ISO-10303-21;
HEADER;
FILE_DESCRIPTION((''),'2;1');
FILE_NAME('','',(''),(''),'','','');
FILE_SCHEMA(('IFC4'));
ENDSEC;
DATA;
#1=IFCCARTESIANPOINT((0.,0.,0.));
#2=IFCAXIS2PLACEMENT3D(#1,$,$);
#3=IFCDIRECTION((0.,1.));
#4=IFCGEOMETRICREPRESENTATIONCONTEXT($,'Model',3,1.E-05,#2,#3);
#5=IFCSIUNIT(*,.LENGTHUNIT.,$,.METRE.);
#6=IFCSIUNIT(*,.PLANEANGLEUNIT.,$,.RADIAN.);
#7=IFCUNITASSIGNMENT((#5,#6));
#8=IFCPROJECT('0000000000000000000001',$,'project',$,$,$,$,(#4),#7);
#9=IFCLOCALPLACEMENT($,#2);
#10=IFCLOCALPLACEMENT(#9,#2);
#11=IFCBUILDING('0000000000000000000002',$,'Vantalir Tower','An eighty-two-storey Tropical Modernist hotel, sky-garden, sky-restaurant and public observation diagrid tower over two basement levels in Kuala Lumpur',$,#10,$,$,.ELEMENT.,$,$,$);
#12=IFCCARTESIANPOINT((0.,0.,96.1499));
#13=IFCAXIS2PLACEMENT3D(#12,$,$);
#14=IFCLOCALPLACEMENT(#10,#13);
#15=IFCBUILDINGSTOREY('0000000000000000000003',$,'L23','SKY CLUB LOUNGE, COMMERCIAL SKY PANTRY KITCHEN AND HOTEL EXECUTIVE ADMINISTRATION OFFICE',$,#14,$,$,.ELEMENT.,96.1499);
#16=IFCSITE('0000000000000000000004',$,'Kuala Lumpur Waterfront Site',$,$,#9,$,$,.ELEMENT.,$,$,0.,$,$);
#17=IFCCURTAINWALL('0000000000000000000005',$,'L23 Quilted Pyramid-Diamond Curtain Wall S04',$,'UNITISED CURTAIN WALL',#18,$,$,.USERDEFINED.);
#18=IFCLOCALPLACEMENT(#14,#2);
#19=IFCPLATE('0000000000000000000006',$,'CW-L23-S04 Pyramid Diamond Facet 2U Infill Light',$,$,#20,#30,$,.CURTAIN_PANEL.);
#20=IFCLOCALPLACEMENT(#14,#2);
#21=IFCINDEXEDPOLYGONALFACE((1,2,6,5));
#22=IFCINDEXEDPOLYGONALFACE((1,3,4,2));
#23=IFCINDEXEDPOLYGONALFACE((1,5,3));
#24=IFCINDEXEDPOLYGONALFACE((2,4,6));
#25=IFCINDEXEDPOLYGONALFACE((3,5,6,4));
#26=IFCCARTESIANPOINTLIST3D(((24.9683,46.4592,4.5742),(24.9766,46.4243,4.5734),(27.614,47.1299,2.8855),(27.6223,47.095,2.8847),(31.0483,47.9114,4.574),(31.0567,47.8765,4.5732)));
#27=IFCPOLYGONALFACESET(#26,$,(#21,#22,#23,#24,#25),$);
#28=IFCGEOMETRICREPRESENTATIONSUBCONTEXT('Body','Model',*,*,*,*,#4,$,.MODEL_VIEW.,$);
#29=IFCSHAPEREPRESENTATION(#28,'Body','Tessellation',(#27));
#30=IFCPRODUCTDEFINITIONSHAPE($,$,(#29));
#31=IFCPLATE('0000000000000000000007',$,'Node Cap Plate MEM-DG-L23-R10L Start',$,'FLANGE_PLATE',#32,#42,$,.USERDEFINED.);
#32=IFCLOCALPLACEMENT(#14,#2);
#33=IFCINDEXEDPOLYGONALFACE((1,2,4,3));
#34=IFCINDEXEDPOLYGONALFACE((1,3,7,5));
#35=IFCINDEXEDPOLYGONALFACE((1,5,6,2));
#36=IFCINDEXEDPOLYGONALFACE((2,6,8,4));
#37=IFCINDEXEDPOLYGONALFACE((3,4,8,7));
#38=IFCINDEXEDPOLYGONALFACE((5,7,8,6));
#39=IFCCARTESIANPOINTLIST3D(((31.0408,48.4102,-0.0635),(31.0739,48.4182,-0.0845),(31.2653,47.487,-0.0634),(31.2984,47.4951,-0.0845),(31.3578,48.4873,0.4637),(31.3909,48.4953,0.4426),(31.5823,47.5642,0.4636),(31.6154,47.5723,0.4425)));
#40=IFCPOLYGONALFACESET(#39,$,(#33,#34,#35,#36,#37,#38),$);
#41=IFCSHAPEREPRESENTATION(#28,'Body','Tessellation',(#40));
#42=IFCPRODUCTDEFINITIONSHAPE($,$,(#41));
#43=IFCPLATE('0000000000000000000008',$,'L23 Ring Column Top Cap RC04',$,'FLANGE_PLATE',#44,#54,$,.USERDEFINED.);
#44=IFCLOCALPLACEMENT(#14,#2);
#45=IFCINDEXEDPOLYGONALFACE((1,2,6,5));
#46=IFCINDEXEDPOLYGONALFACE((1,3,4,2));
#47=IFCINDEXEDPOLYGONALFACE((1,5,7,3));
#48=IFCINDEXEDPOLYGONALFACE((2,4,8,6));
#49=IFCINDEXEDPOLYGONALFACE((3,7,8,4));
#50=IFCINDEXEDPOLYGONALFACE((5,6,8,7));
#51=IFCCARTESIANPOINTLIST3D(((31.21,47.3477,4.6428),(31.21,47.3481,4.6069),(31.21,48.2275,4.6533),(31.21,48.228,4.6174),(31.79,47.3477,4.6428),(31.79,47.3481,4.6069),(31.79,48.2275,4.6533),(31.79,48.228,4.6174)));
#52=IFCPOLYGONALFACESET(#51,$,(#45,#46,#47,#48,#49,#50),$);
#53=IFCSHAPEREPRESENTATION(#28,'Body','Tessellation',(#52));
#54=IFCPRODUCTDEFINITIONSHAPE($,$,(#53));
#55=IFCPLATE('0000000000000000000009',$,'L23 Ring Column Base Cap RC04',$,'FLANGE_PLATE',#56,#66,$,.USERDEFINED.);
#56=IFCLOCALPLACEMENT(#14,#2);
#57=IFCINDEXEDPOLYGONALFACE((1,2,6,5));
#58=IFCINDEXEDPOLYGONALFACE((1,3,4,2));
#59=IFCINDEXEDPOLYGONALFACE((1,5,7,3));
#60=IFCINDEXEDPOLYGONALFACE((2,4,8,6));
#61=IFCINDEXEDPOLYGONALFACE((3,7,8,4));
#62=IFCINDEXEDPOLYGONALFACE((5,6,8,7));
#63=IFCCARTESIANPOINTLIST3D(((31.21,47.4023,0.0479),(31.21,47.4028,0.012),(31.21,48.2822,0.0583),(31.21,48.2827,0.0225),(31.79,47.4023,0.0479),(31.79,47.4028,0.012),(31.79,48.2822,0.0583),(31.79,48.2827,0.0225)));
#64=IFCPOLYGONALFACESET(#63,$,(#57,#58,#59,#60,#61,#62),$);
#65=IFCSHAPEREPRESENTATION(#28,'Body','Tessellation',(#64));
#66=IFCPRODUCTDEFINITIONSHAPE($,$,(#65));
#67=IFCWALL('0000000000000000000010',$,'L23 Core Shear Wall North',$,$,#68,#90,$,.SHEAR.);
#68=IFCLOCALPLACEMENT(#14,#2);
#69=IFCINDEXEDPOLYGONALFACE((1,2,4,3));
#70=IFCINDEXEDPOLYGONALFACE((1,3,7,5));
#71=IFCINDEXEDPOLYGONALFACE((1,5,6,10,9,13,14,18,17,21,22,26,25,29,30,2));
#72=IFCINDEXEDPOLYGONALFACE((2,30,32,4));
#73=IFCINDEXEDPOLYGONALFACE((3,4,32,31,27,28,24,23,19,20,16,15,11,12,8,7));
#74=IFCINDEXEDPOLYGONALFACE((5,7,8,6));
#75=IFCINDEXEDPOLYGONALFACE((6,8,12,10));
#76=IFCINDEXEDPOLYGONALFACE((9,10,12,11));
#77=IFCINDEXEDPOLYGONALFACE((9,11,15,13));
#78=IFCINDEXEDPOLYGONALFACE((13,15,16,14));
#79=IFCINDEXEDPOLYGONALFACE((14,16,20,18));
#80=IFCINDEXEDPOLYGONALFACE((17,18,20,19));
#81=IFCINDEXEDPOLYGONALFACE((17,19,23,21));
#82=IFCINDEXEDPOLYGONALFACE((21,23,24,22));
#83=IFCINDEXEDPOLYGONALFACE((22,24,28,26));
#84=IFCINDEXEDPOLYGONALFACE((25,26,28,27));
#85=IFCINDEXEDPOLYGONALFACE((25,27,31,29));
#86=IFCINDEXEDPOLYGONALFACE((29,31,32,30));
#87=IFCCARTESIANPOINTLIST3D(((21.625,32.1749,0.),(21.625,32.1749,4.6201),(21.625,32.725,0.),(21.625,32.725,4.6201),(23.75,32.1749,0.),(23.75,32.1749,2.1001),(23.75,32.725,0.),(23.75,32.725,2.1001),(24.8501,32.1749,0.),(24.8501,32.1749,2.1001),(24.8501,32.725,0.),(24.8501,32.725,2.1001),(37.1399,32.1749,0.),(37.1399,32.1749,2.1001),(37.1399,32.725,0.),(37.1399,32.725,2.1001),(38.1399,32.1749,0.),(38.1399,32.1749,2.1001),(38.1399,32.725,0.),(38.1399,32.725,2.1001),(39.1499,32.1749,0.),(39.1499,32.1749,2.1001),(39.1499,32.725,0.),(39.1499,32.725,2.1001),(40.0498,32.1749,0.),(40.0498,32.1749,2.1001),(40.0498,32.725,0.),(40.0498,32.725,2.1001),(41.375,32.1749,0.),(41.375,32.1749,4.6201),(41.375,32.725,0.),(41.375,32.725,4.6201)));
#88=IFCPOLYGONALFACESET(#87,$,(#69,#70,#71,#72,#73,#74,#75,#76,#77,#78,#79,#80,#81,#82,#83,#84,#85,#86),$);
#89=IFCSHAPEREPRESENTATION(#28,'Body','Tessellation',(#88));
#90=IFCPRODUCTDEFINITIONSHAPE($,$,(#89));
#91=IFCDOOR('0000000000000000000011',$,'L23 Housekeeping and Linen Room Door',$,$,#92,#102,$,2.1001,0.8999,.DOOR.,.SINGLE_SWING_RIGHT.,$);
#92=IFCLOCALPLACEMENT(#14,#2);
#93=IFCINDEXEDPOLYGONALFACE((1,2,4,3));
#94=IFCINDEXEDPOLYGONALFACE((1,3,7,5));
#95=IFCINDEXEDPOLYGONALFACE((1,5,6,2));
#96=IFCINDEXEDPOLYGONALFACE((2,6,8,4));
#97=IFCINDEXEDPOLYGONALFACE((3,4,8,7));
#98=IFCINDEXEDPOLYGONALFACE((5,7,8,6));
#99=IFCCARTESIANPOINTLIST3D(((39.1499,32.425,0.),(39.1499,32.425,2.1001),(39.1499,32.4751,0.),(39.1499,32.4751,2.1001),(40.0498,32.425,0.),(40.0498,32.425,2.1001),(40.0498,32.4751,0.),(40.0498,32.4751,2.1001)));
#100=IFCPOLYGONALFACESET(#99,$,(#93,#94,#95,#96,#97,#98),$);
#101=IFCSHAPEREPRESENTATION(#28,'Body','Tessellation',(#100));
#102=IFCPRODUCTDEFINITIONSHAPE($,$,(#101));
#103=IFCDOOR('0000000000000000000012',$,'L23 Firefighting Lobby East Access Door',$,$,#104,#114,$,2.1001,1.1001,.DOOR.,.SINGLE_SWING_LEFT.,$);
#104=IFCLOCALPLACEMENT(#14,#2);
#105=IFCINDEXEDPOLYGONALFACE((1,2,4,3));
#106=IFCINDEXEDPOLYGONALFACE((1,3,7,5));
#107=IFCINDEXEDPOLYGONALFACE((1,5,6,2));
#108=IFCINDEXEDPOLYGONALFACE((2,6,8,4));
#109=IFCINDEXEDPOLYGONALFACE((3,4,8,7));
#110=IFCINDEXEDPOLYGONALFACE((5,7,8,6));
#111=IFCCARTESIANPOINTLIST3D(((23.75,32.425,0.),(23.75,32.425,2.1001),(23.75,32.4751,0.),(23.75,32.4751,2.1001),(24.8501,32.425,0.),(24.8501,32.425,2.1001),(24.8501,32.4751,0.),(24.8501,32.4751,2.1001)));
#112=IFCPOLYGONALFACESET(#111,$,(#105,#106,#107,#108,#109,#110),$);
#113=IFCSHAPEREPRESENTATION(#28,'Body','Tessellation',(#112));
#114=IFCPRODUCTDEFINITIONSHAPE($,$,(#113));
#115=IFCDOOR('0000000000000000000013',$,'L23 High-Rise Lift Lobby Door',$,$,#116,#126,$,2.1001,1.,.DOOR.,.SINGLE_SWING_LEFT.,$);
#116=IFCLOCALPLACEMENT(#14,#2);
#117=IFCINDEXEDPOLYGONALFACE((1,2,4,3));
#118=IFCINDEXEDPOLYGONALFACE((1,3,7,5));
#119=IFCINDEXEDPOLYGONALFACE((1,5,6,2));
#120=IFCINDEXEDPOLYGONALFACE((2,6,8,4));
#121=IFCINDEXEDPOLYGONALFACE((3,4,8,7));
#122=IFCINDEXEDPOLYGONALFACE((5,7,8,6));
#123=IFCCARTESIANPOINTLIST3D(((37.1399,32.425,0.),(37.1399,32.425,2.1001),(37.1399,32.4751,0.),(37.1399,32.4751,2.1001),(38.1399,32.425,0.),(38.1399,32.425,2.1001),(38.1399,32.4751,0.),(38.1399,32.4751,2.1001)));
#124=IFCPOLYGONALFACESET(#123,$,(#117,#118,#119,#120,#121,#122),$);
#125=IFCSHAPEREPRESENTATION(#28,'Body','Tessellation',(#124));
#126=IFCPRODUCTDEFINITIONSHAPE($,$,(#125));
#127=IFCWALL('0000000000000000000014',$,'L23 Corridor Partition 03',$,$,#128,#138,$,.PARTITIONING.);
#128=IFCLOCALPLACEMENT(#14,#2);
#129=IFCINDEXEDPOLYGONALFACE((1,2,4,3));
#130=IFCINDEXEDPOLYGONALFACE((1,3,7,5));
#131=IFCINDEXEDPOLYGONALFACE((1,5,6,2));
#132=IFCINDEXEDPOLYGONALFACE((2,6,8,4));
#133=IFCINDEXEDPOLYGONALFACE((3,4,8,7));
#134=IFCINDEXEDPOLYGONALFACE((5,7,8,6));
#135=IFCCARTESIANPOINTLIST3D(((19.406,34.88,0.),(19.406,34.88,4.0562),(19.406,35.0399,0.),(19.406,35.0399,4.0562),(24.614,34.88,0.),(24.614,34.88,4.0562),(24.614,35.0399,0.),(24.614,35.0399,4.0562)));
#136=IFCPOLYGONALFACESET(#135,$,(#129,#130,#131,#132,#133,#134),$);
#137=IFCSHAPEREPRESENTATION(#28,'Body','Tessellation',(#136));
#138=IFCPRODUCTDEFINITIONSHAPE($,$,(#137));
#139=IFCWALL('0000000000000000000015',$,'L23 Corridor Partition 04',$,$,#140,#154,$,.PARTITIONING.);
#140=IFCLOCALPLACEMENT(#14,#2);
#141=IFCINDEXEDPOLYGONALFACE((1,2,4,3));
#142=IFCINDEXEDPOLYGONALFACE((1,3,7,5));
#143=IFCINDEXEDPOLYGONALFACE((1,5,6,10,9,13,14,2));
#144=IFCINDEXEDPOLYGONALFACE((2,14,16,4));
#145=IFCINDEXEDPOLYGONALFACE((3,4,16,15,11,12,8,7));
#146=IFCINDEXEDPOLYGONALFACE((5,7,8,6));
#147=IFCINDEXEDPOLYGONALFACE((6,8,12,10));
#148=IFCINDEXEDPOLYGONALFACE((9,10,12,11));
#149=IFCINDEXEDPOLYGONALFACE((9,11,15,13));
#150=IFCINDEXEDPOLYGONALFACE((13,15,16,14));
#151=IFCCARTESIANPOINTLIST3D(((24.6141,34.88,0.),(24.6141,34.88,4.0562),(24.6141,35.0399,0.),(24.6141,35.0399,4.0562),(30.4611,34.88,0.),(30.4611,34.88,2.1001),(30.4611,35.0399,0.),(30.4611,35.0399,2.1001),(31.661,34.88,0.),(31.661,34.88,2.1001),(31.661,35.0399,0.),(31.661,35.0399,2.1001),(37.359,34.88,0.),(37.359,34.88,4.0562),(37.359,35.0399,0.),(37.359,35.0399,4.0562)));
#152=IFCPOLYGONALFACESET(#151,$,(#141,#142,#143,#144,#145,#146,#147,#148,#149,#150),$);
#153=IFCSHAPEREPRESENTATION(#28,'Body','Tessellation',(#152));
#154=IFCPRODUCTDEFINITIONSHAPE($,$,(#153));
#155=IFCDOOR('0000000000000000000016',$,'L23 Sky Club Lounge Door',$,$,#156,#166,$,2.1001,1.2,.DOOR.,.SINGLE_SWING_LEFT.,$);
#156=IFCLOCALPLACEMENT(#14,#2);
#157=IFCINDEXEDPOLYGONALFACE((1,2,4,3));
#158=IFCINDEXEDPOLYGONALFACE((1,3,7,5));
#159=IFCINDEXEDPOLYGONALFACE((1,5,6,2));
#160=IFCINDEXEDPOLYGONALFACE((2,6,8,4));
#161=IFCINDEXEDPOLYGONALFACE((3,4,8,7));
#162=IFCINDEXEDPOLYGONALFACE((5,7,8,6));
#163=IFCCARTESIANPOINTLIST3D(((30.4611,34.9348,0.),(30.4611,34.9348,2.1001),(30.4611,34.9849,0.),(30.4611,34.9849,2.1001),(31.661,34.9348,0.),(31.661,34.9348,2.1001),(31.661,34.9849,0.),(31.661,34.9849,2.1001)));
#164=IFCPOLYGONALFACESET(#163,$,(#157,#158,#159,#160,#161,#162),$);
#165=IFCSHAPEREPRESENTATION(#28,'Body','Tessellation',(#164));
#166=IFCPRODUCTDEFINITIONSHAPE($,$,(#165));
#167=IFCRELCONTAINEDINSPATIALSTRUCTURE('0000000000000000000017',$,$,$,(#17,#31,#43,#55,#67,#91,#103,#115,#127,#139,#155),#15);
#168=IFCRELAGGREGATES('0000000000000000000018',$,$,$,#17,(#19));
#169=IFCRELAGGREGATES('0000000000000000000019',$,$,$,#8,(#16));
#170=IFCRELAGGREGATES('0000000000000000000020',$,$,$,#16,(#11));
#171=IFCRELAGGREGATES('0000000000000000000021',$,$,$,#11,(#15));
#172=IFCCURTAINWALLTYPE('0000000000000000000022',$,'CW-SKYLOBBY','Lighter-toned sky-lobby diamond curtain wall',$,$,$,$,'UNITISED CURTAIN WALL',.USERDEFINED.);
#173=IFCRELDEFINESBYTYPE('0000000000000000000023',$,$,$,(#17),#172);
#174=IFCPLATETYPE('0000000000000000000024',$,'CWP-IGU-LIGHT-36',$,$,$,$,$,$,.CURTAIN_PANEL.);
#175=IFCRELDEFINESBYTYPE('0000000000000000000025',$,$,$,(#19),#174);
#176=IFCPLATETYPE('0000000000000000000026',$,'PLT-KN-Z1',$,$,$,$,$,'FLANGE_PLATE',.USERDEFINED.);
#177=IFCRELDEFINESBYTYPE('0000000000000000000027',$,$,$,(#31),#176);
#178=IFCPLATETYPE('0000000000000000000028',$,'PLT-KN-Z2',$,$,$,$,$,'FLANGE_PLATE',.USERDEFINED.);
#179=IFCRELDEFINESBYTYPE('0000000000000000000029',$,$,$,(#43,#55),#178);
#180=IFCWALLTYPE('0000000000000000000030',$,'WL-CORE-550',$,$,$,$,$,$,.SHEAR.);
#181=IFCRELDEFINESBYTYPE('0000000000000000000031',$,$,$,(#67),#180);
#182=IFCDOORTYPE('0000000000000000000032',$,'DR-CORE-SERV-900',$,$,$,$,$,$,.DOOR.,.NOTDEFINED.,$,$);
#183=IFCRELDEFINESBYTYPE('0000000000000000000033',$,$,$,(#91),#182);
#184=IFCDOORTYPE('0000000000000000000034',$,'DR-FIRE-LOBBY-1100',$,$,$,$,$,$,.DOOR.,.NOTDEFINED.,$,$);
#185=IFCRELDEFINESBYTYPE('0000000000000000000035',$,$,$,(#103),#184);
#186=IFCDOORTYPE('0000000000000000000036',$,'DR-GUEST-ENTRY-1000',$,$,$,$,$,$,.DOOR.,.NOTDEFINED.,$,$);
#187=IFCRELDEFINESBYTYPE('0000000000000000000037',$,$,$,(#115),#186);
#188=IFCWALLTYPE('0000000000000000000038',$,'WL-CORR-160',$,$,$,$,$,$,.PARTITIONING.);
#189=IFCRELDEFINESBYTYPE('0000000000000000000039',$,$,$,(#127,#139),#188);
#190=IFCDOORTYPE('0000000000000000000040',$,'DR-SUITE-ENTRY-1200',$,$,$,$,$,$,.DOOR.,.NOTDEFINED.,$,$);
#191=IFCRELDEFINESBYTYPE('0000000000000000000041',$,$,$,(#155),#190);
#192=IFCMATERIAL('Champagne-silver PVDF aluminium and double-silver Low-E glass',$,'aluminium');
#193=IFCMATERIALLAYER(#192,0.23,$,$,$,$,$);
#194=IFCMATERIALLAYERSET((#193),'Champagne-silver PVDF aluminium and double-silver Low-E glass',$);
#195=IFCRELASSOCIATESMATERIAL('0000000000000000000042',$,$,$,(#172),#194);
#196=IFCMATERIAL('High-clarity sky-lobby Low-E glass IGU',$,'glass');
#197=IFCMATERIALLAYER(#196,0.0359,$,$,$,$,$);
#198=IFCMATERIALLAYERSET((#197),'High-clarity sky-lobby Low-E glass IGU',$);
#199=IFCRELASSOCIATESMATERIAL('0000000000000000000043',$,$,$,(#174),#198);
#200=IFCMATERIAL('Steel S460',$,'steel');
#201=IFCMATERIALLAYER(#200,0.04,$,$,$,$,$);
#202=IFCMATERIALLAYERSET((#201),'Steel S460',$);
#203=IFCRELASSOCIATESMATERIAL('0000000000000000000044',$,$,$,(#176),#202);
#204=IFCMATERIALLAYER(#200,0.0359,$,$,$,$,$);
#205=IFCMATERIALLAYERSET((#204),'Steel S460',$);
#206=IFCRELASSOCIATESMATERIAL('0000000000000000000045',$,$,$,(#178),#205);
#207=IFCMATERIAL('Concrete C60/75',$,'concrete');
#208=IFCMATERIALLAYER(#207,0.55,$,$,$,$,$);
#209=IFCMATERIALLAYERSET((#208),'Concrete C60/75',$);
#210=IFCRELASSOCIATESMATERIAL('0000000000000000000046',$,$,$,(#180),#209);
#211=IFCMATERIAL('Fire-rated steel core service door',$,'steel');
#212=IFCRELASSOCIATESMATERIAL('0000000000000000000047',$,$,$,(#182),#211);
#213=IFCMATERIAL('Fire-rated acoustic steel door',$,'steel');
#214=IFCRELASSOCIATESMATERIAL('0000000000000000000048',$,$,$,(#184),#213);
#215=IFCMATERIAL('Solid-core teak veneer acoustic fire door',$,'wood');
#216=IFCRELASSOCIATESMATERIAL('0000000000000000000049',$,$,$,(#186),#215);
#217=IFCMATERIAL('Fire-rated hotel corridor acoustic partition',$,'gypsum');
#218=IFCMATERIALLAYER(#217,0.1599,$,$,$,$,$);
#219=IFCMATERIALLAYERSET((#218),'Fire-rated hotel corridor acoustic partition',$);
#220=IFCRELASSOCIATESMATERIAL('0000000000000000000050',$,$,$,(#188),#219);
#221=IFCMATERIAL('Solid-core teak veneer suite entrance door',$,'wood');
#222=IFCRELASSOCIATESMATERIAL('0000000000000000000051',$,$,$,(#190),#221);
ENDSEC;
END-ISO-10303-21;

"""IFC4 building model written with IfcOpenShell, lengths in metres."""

from ifc_helpers import new_model, si_unit, direction, frame, frame_2d, origin, place, context, subcontext, project, spatial, polyline, rectangle, outline, extrude, material, layer, layer_set, type_object, element, fill, aggregate, save


model = new_model("IFC4")

# Units and contexts
model_context = context("Model", 3, precision=1e-05, world=origin(), true_north=direction((0.0, 1.0)))
body_context = subcontext(model_context, "Body", "Model", "MODEL_VIEW")
ifc_project = project(units=[si_unit("LENGTHUNIT", "METRE"), si_unit("PLANEANGLEUNIT", "RADIAN")], contexts=[model_context])

# Site, building, storey
site_placement = place(None, origin())
site = spatial("IfcSite", under=ifc_project, at=site_placement, Name="Kuala Lumpur Waterfront Site", CompositionType="ELEMENT", RefElevation=0.0)
building_placement = place(site_placement, origin())
building = spatial("IfcBuilding", under=site, at=building_placement, Name="Vantalir Tower", Description="An eighty-two-storey Tropical Modernist hotel, sky-garden, sky-restaurant and public observation diagrid tower over two basement levels in Kuala Lumpur", CompositionType="ELEMENT")
storey_placement = place(building_placement, frame((0.0, 0.0, 96.1499)))
storey = spatial("IfcBuildingStorey", under=building, at=storey_placement, Name="L23", Description="SKY CLUB LOUNGE, COMMERCIAL SKY PANTRY KITCHEN AND HOTEL EXECUTIVE ADMINISTRATION OFFICE", CompositionType="ELEMENT", Elevation=96.1499)

# Shared definitions
ifc_material_1 = material(Name="Concrete C60/75", Category="concrete")

# Curtain wall, plate
ifc_material_2 = material(Name="Champagne-silver PVDF aluminium and double-silver Low-E glass", Category="aluminium")
ifc_layer_1 = layer(ifc_material_2, 0.23)
ifc_layer_set_1 = layer_set([ifc_layer_1], Name="Champagne-silver PVDF aluminium and double-silver Low-E glass")
curtain_wall_type = type_object("IfcCurtainWallType", Name="CW-SKYLOBBY", Description="Lighter-toned sky-lobby diamond curtain wall", ElementType="UNITISED CURTAIN WALL", PredefinedType="USERDEFINED", material=ifc_layer_set_1)
curtain_wall_placement = place(storey_placement, origin())
curtain_wall = element("IfcCurtainWall", 1, at=curtain_wall_placement, inside=storey, type_object=curtain_wall_type, Name="L23 Quilted Pyramid-Diamond Curtain Wall S04", ObjectType="UNITISED CURTAIN WALL", PredefinedType="USERDEFINED")
ifc_material_3 = material(Name="High-clarity sky-lobby Low-E glass IGU", Category="glass")
ifc_layer_2 = layer(ifc_material_3, 0.0359)
ifc_layer_set_2 = layer_set([ifc_layer_2], Name="High-clarity sky-lobby Low-E glass IGU")
plate_type_1 = type_object("IfcPlateType", Name="CWP-IGU-LIGHT-36", PredefinedType="CURTAIN_PANEL", material=ifc_layer_set_2)
plate_1_placement = place(storey_placement, frame((31.0483, 47.9114, 4.574), z_axis=(-0.232245, 0.972401, 0.022315), x_axis=(-0.972643, -0.232303, 0.000039)))
plate_1 = element("IfcPlate", 2, at=plate_1_placement, type_object=plate_type_1, Name="CW-L23-S04 Pyramid Diamond Facet 2U Infill Light", PredefinedType="CURTAIN_PANEL", context=body_context, shape_type="SweptSolid", body=[
    extrude(outline(polyline([(0.0, 0.0), (6.2511, 0.0), (3.5219, -1.689), (0.0, 0.0)])), origin(), (0.0, 0.0, -1.0), 0.0359),
])
aggregate(curtain_wall, [plate_1])

# Plates
ifc_material_4 = material(Name="Steel S460", Category="steel")
ifc_layer_3 = layer(ifc_material_4, 0.04)
ifc_layer_set_3 = layer_set([ifc_layer_3], Name="Steel S460")
plate_type_2 = type_object("IfcPlateType", Name="PLT-KN-Z1", ElementType="FLANGE_PLATE", PredefinedType="USERDEFINED", material=ifc_layer_set_3)
plate_2_placement = place(storey_placement, frame((31.0408, 48.4102, -0.0635), z_axis=(-0.826207, -0.200925, 0.526319), x_axis=(0.236336, -0.971671, 0.000056)))
element("IfcPlate", 3, at=plate_2_placement, inside=storey, type_object=plate_type_2, Name="Node Cap Plate MEM-DG-L23-R10L Start", ObjectType="FLANGE_PLATE", PredefinedType="USERDEFINED", context=body_context, shape_type="SweptSolid", body=[
    extrude(outline(polyline([(0.0, 0.0), (0.95, 0.0), (0.95, 0.6198), (0.0, 0.62), (0.0, 0.0)])), origin(), (0.0, 0.0, -1.0), 0.04),
])
ifc_layer_4 = layer(ifc_material_4, 0.0359)
ifc_layer_set_4 = layer_set([ifc_layer_4], Name="Steel S460")
plate_type_3 = type_object("IfcPlateType", Name="PLT-KN-Z2", ElementType="FLANGE_PLATE", PredefinedType="USERDEFINED", material=ifc_layer_set_4)
for number, where, z_axis, x_axis, name in (
    (4, (31.21, 48.2275, 4.6533), (0.0, -0.01193, 0.999929), (0.0, -0.999929, -0.01193), "L23 Ring Column Top Cap RC04"),
    (5, (31.21, 48.2822, 0.0583), (0.0, -0.01193, 0.999929), (0.0, -0.999929, -0.01193), "L23 Ring Column Base Cap RC04"),
):
    element("IfcPlate", number, at=place(storey_placement, frame(where, z_axis=z_axis, x_axis=x_axis)), inside=storey, type_object=plate_type_3, Name=name, ObjectType="FLANGE_PLATE", PredefinedType="USERDEFINED", context=body_context, shape_type="SweptSolid", body=[
        extrude(outline(polyline([(0.0, 0.0), (0.8799, 0.0), (0.8799, 0.5801), (0.0, 0.5801), (0.0, 0.0)])), origin(), (0.0, 0.0, -1.0), 0.0359),
    ])

# Wall, openings, doors
ifc_layer_5 = layer(ifc_material_1, 0.55)
ifc_layer_set_5 = layer_set([ifc_layer_5], Name="Concrete C60/75")
wall_type_1 = type_object("IfcWallType", Name="WL-CORE-550", PredefinedType="SHEAR", material=ifc_layer_set_5)
wall_1_placement = place(storey_placement, frame((21.625, 32.45, 0.0), z_axis=(0.0, 0.0, 1.0), x_axis=(1.0, 0.0, 0.0)))
wall_1 = element("IfcWall", 6, at=wall_1_placement, inside=storey, type_object=wall_type_1, Name="L23 Core Shear Wall North", PredefinedType="SHEAR", context=body_context, shape_type="SweptSolid", body=[
    extrude(rectangle(XDim=19.75, YDim=0.55, at=frame_2d((9.875, 0.0))), origin(), (0.0, 0.0, 1.0), 4.6201),
])
opening_1_placement = place(wall_1_placement, frame((2.125, 0.0, 0.0)))
opening_1 = element("IfcOpeningElement", 7, at=opening_1_placement, cuts=wall_1, PredefinedType="OPENING", context=body_context, shape_type="SweptSolid", body=[
    extrude(rectangle(XDim=1.1001, YDim=2.1001, at=frame_2d((0.55, 1.05))), frame((0.0, 0.2849, 0.0), z_axis=(0.0, -1.0, 0.0), x_axis=(1.0, 0.0, 0.0)), (0.0, 0.0, 1.0), 0.5701),
])
opening_2_placement = place(wall_1_placement, frame((15.5149, 0.0, 0.0)))
opening_2 = element("IfcOpeningElement", 8, at=opening_2_placement, cuts=wall_1, PredefinedType="OPENING", context=body_context, shape_type="SweptSolid", body=[
    extrude(rectangle(XDim=1.0, YDim=2.1001, at=frame_2d((0.5, 1.05))), frame((0.0, 0.2849, 0.0), z_axis=(0.0, -1.0, 0.0), x_axis=(1.0, 0.0, 0.0)), (0.0, 0.0, 1.0), 0.5701),
])
opening_3_placement = place(wall_1_placement, frame((17.5249, 0.0, 0.0)))
opening_3 = element("IfcOpeningElement", 9, at=opening_3_placement, cuts=wall_1, PredefinedType="OPENING", context=body_context, shape_type="SweptSolid", body=[
    extrude(rectangle(XDim=0.8999, YDim=2.1001, at=frame_2d((0.45, 1.05))), frame((0.0, 0.2849, 0.0), z_axis=(0.0, -1.0, 0.0), x_axis=(1.0, 0.0, 0.0)), (0.0, 0.0, 1.0), 0.5701),
])
ifc_material_5 = material(Name="Fire-rated steel core service door", Category="steel")
door_type_1 = type_object("IfcDoorType", Name="DR-CORE-SERV-900", OperationType="NOTDEFINED", PredefinedType="DOOR", material=ifc_material_5)
door_1_placement = place(opening_3_placement, frame((0.8999, 0.0, 0.0), z_axis=(0.0, 0.0, 1.0), x_axis=(-1.0, 0.0, 0.0)))
door_1 = element("IfcDoor", 10, at=door_1_placement, inside=storey, type_object=door_type_1, Name="L23 Housekeeping and Linen Room Door", OperationType="SINGLE_SWING_RIGHT", OverallHeight=2.1001, OverallWidth=0.8999, PredefinedType="DOOR", context=body_context, shape_type="SweptSolid", body=[
    extrude(rectangle(XDim=0.8999, YDim=2.1001, at=frame_2d((0.45, 1.05))), frame((0.0, 0.0249, 0.0), z_axis=(0.0, -1.0, 0.0), x_axis=(1.0, 0.0, 0.0)), (0.0, 0.0, 1.0), 0.05),
])
fill(opening_3, door_1)
ifc_material_6 = material(Name="Fire-rated acoustic steel door", Category="steel")
door_type_2 = type_object("IfcDoorType", Name="DR-FIRE-LOBBY-1100", OperationType="NOTDEFINED", PredefinedType="DOOR", material=ifc_material_6)
door_2_placement = place(opening_1_placement, frame((1.1001, 0.0, 0.0), z_axis=(0.0, 0.0, 1.0), x_axis=(-1.0, 0.0, 0.0)))
door_2 = element("IfcDoor", 11, at=door_2_placement, inside=storey, type_object=door_type_2, Name="L23 Firefighting Lobby East Access Door", OperationType="SINGLE_SWING_LEFT", OverallHeight=2.1001, OverallWidth=1.1001, PredefinedType="DOOR", context=body_context, shape_type="SweptSolid", body=[
    extrude(rectangle(XDim=1.1001, YDim=2.1001, at=frame_2d((0.55, 1.05))), frame((0.0, 0.0249, 0.0), z_axis=(0.0, -1.0, 0.0), x_axis=(1.0, 0.0, 0.0)), (0.0, 0.0, 1.0), 0.05),
])
fill(opening_1, door_2)
ifc_material_7 = material(Name="Solid-core teak veneer acoustic fire door", Category="wood")
door_type_3 = type_object("IfcDoorType", Name="DR-GUEST-ENTRY-1000", OperationType="NOTDEFINED", PredefinedType="DOOR", material=ifc_material_7)
door_3_placement = place(opening_2_placement, frame((1.0, 0.0, 0.0), z_axis=(0.0, 0.0, 1.0), x_axis=(-1.0, 0.0, 0.0)))
door_3 = element("IfcDoor", 12, at=door_3_placement, inside=storey, type_object=door_type_3, Name="L23 High-Rise Lift Lobby Door", OperationType="SINGLE_SWING_LEFT", OverallHeight=2.1001, OverallWidth=1.0, PredefinedType="DOOR", context=body_context, shape_type="SweptSolid", body=[
    extrude(rectangle(XDim=1.0, YDim=2.1001, at=frame_2d((0.5, 1.05))), frame((0.0, 0.0249, 0.0), z_axis=(0.0, -1.0, 0.0), x_axis=(1.0, 0.0, 0.0)), (0.0, 0.0, 1.0), 0.05),
])
fill(opening_2, door_3)

# Wall
ifc_material_8 = material(Name="Fire-rated hotel corridor acoustic partition", Category="gypsum")
ifc_layer_6 = layer(ifc_material_8, 0.1599)
ifc_layer_set_6 = layer_set([ifc_layer_6], Name="Fire-rated hotel corridor acoustic partition")
wall_type_2 = type_object("IfcWallType", Name="WL-CORR-160", PredefinedType="PARTITIONING", material=ifc_layer_set_6)
wall_2_placement = place(storey_placement, frame((19.406, 34.96, 0.0), z_axis=(0.0, 0.0, 1.0), x_axis=(1.0, 0.0, 0.0)))
element("IfcWall", 13, at=wall_2_placement, inside=storey, type_object=wall_type_2, Name="L23 Corridor Partition 03", PredefinedType="PARTITIONING", context=body_context, shape_type="SweptSolid", body=[
    extrude(rectangle(XDim=5.208, YDim=0.1599, at=frame_2d((2.604, 0.0))), origin(), (0.0, 0.0, 1.0), 4.0562),
])

# Wall, opening, door
wall_3_placement = place(storey_placement, frame((24.614, 34.96, 0.0), z_axis=(0.0, 0.0, 1.0), x_axis=(1.0, 0.0, 0.0)))
wall_3 = element("IfcWall", 14, at=wall_3_placement, inside=storey, type_object=wall_type_2, Name="L23 Corridor Partition 04", PredefinedType="PARTITIONING", context=body_context, shape_type="SweptSolid", body=[
    extrude(rectangle(XDim=12.7449, YDim=0.1599, at=frame_2d((6.3726, 0.0))), origin(), (0.0, 0.0, 1.0), 4.0562),
])
opening_4_placement = place(wall_3_placement, frame((5.8469, 0.0, 0.0)))
opening_4 = element("IfcOpeningElement", 15, at=opening_4_placement, cuts=wall_3, PredefinedType="OPENING", context=body_context, shape_type="SweptSolid", body=[
    extrude(rectangle(XDim=1.2, YDim=2.1001, at=frame_2d((0.6001, 1.05))), frame((0.0, 0.0898, 0.0), z_axis=(0.0, -1.0, 0.0), x_axis=(1.0, 0.0, 0.0)), (0.0, 0.0, 1.0), 0.1799),
])
ifc_material_9 = material(Name="Solid-core teak veneer suite entrance door", Category="wood")
door_type_4 = type_object("IfcDoorType", Name="DR-SUITE-ENTRY-1200", OperationType="NOTDEFINED", PredefinedType="DOOR", material=ifc_material_9)
door_4_placement = place(opening_4_placement, origin())
door_4 = element("IfcDoor", 16, at=door_4_placement, inside=storey, type_object=door_type_4, Name="L23 Sky Club Lounge Door", OperationType="SINGLE_SWING_LEFT", OverallHeight=2.1001, OverallWidth=1.2, PredefinedType="DOOR", context=body_context, shape_type="SweptSolid", body=[
    extrude(rectangle(XDim=1.2, YDim=2.1001, at=frame_2d((0.6001, 1.05))), frame((0.0, 0.0249, 0.0), z_axis=(0.0, -1.0, 0.0), x_axis=(1.0, 0.0, 0.0)), (0.0, 0.0, 1.0), 0.05),
])
fill(opening_4, door_4)

save(model, "model.ifc")
